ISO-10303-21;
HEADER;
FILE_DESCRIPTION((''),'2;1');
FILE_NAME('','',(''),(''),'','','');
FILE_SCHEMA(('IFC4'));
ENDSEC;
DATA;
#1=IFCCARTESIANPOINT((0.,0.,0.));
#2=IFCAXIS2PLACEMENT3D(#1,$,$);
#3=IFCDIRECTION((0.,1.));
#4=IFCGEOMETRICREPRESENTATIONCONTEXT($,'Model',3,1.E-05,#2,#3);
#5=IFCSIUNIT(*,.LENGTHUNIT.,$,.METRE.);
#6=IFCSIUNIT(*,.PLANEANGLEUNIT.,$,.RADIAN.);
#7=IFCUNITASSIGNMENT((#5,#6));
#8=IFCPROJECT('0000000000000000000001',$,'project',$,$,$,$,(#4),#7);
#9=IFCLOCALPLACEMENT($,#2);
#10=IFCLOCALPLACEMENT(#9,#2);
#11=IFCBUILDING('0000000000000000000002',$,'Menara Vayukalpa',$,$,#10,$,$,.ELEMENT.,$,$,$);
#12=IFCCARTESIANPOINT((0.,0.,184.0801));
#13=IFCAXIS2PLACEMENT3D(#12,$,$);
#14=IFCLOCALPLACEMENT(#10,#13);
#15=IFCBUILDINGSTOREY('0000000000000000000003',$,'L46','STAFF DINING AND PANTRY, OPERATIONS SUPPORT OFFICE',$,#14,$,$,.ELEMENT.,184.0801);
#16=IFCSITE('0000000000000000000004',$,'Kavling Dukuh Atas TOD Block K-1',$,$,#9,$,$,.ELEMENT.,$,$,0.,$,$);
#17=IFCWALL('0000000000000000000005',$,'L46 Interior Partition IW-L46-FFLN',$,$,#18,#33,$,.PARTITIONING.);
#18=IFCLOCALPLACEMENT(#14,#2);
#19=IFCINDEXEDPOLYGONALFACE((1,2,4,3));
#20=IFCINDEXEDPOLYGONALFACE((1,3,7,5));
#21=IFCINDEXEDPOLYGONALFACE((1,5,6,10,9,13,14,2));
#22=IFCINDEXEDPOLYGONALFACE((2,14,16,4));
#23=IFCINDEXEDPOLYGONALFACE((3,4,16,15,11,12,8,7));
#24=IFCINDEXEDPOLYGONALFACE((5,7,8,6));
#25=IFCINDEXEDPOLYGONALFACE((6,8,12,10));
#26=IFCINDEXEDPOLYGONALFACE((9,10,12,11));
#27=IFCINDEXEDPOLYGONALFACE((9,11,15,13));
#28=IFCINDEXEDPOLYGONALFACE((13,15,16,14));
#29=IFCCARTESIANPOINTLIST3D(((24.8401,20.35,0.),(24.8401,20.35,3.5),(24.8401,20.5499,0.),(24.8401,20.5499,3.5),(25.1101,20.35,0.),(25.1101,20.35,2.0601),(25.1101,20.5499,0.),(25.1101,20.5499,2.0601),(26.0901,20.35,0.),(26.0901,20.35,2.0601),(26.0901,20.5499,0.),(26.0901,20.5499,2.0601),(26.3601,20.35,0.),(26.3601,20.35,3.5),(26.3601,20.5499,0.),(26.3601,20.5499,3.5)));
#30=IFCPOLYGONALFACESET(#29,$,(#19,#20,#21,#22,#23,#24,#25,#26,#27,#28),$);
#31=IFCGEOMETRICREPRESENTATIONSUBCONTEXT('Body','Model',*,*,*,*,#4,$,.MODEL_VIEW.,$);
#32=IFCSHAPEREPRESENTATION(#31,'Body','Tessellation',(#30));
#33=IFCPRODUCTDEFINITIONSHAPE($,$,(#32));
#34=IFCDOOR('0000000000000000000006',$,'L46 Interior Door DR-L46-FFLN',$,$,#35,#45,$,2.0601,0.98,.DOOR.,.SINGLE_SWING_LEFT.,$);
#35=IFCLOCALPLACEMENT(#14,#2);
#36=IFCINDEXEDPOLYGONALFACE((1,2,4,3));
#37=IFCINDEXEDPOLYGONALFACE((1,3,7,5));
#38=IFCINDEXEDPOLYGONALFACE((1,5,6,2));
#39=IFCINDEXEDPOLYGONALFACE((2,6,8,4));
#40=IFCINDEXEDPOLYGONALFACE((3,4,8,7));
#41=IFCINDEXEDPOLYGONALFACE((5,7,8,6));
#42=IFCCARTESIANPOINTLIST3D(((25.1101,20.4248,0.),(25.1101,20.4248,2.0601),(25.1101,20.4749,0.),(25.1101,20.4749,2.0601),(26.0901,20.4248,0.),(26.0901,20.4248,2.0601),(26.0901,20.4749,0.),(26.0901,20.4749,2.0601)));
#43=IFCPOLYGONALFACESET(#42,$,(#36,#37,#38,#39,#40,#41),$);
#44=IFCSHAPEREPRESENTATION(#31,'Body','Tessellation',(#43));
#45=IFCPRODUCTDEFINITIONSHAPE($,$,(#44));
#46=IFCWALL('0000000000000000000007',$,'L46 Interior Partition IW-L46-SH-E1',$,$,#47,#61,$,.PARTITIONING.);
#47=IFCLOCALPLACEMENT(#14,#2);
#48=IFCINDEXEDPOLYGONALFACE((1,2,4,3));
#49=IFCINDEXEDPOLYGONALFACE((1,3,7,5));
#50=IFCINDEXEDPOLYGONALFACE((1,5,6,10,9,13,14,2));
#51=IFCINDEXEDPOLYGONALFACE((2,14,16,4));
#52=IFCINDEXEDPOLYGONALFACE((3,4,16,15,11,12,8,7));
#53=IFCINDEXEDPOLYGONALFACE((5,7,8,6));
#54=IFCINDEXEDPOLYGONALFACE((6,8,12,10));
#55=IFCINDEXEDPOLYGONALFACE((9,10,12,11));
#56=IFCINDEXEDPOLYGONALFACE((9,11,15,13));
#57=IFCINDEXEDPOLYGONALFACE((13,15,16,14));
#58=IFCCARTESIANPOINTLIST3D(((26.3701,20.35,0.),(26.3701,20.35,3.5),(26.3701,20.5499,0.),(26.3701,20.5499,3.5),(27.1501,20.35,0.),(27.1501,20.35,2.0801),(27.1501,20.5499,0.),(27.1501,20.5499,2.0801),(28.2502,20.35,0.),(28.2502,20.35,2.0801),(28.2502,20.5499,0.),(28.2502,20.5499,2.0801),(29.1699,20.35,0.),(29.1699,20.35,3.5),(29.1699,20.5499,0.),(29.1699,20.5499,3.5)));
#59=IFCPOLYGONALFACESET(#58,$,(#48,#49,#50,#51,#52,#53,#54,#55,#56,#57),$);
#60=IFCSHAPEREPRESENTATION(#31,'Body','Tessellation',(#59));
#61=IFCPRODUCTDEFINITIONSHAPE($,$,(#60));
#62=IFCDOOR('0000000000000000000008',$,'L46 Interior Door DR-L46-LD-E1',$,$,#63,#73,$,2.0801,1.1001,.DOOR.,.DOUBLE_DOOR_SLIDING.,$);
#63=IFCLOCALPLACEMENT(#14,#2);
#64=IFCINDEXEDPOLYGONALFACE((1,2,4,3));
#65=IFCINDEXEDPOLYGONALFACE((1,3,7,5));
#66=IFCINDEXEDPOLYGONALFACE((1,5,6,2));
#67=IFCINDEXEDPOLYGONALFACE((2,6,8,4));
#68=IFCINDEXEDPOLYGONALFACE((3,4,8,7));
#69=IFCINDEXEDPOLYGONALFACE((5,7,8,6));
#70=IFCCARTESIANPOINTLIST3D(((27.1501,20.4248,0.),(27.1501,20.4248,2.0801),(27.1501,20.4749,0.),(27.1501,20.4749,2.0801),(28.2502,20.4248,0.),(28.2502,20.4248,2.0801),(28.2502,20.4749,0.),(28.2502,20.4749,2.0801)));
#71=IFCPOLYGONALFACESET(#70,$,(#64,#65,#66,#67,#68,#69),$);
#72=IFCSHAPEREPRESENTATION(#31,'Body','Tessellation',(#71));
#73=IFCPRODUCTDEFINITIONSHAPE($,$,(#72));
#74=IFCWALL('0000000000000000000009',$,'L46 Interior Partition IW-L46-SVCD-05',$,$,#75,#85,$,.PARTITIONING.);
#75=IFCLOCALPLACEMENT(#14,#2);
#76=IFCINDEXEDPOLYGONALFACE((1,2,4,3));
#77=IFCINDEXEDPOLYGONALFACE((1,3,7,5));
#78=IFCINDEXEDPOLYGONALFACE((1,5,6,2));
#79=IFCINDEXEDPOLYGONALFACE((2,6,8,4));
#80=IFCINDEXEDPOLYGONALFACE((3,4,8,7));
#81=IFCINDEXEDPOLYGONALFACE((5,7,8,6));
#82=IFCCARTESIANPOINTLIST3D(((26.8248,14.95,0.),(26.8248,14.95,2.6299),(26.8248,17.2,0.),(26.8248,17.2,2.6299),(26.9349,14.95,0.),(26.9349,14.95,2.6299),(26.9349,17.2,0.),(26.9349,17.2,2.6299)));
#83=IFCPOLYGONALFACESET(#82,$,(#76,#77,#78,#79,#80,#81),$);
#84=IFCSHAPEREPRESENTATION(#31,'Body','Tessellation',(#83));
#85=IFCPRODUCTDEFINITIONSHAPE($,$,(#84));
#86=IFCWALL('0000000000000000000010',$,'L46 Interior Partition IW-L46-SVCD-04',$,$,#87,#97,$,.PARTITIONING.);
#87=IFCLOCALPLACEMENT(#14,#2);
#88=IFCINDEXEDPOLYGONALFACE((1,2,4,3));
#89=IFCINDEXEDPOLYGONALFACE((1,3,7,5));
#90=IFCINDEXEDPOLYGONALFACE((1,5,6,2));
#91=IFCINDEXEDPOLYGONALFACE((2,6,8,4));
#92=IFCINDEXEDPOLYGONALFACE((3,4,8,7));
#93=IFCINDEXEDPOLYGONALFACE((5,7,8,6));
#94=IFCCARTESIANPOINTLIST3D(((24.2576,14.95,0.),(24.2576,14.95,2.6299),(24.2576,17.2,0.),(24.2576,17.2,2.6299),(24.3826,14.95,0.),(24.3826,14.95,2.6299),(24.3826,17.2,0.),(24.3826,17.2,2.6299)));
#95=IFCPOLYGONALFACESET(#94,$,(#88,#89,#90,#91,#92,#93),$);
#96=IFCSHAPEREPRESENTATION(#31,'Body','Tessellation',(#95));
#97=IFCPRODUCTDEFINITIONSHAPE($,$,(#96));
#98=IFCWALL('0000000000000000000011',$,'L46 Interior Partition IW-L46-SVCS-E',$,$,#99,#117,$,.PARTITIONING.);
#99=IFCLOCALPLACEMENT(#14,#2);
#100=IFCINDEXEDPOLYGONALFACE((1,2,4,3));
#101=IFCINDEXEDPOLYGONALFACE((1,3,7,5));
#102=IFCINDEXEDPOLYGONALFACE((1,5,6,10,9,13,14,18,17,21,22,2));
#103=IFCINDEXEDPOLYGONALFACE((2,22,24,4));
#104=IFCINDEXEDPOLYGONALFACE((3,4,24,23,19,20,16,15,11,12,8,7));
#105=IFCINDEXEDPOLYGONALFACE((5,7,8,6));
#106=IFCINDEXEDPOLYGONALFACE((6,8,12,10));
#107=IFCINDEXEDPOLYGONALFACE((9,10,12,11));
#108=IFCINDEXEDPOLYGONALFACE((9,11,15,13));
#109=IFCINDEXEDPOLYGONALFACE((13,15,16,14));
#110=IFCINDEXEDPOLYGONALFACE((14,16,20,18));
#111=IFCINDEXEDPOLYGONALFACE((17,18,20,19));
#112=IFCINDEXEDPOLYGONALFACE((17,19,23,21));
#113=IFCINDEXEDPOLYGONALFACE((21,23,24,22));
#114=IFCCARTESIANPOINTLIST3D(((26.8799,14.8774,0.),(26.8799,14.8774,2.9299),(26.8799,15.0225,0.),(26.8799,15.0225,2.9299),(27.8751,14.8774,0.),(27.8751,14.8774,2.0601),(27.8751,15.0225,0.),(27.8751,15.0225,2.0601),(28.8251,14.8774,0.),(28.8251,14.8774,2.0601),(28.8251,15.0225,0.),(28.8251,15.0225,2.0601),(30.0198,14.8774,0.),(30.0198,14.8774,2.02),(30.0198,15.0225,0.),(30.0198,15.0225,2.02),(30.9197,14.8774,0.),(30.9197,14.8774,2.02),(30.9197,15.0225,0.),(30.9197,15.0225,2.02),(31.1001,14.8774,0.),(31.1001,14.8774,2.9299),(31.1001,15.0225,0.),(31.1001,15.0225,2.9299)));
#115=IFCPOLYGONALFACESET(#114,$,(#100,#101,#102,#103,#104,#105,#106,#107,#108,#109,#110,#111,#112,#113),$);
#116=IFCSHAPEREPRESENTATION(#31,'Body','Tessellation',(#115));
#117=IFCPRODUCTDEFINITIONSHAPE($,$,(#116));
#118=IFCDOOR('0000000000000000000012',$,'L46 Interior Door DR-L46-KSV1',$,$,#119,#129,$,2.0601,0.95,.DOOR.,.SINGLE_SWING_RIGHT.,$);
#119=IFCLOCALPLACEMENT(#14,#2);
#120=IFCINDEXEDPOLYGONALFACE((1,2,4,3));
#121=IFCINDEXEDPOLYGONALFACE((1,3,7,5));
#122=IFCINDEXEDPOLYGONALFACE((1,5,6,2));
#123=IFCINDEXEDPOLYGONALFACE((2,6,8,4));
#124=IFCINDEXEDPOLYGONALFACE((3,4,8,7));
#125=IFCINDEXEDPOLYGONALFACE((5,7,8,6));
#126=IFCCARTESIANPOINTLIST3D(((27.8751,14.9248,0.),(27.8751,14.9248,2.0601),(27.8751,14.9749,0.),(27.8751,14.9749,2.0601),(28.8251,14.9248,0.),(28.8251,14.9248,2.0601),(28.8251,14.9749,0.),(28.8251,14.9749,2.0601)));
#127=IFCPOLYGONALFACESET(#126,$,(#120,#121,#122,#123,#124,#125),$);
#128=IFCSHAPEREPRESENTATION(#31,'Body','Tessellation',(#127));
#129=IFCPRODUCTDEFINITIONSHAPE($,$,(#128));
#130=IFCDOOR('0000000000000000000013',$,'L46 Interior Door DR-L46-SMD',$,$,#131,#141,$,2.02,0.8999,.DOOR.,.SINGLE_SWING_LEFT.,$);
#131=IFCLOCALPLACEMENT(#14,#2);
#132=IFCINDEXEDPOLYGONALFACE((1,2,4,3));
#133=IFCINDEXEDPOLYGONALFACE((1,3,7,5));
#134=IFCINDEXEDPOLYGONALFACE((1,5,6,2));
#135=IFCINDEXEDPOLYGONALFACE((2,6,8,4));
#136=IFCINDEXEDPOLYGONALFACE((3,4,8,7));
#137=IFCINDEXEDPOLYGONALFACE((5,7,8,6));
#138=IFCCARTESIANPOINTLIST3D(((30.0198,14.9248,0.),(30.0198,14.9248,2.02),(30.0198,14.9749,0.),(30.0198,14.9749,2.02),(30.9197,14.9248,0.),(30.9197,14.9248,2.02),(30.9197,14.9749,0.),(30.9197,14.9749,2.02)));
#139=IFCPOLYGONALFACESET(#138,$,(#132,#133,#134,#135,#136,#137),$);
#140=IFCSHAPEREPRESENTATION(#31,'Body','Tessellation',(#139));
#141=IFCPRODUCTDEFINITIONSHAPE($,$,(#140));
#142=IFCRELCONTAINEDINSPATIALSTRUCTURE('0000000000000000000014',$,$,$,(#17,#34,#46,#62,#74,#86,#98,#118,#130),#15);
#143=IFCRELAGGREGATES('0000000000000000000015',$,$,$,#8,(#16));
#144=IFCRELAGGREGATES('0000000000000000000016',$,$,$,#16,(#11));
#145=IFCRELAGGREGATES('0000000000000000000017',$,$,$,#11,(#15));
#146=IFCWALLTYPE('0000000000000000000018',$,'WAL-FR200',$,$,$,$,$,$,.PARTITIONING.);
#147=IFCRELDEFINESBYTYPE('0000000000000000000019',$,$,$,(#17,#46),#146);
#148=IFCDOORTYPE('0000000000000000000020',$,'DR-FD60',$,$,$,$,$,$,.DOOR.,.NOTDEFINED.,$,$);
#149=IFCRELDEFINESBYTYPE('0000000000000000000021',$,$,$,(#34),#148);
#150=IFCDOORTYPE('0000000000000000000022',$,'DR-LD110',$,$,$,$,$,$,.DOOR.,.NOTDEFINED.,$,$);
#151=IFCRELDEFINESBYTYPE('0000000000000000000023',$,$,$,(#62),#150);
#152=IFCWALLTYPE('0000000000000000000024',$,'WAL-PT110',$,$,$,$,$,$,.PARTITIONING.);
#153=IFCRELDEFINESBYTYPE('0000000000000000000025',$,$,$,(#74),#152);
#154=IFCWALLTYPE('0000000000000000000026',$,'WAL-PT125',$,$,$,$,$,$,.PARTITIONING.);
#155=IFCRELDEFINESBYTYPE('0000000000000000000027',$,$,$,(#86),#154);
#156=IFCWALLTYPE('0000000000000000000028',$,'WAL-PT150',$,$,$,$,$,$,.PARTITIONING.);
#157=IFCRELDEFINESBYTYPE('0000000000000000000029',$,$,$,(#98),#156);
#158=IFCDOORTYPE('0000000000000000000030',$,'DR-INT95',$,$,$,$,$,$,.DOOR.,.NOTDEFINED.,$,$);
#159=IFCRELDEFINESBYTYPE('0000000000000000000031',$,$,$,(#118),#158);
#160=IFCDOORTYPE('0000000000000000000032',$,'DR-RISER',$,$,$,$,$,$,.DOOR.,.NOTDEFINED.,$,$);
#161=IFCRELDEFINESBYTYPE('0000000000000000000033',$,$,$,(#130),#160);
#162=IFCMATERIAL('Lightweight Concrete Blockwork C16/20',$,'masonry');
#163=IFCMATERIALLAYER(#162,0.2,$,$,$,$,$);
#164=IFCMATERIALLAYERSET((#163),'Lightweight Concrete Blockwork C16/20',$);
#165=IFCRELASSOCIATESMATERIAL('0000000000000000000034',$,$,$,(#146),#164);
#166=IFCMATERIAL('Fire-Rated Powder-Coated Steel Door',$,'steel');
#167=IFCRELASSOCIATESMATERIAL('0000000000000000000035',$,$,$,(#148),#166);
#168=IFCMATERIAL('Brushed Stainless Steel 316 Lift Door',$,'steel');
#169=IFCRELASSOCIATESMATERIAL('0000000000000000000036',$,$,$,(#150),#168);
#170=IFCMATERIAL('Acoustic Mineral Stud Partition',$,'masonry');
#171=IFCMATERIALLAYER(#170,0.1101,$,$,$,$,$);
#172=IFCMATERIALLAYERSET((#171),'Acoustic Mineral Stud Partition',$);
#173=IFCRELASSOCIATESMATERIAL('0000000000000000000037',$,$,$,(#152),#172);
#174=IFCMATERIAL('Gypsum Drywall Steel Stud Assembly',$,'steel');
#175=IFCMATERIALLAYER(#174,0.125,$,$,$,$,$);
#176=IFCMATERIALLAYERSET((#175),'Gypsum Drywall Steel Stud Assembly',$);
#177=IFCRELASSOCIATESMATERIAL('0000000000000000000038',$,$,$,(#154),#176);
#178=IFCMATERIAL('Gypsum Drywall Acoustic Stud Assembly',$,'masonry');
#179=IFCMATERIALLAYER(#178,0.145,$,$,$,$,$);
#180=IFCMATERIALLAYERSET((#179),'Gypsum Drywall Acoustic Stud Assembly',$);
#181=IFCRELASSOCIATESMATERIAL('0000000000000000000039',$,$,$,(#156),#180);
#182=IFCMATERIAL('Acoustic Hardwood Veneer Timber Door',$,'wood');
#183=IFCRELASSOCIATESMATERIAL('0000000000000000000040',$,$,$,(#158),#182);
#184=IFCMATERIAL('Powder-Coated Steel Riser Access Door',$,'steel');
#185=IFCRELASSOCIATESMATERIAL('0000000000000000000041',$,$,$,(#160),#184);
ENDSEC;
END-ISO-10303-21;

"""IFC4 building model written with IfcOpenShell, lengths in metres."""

from ifc_helpers import new_model, si_unit, direction, frame, frame_2d, origin, place, context, subcontext, project, spatial, rectangle, extrude, material, layer, layer_set, type_object, element, fill, save


model = new_model("IFC4")

# Units and contexts
model_context = context("Model", 3, precision=1e-05, world=origin(), true_north=direction((0.0, 1.0)))
body_context = subcontext(model_context, "Body", "Model", "MODEL_VIEW")
ifc_project = project(units=[si_unit("LENGTHUNIT", "METRE"), si_unit("PLANEANGLEUNIT", "RADIAN")], contexts=[model_context])

# Site, building, storey
site_placement = place(None, origin())
site = spatial("IfcSite", under=ifc_project, at=site_placement, Name="Kavling Dukuh Atas TOD Block K-1", CompositionType="ELEMENT", RefElevation=0.0)
building_placement = place(site_placement, origin())
building = spatial("IfcBuilding", under=site, at=building_placement, Name="Menara Vayukalpa", CompositionType="ELEMENT")
storey_placement = place(building_placement, frame((0.0, 0.0, 184.0801)))
storey = spatial("IfcBuildingStorey", under=building, at=storey_placement, Name="L46", Description="STAFF DINING AND PANTRY, OPERATIONS SUPPORT OFFICE", CompositionType="ELEMENT", Elevation=184.0801)

# Walls, openings, doors
ifc_material_1 = material(Name="Lightweight Concrete Blockwork C16/20", Category="masonry")
ifc_layer_1 = layer(ifc_material_1, 0.2)
ifc_layer_set_1 = layer_set([ifc_layer_1], Name="Lightweight Concrete Blockwork C16/20")
wall_type_1 = type_object("IfcWallType", Name="WAL-FR200", PredefinedType="PARTITIONING", material=ifc_layer_set_1)
wall_1_placement = place(storey_placement, frame((24.8401, 20.45, 0.0), z_axis=(0.0, 0.0, 1.0), x_axis=(1.0, 0.0, 0.0)))
wall_1 = element("IfcWall", 1, at=wall_1_placement, inside=storey, type_object=wall_type_1, Name="L46 Interior Partition IW-L46-FFLN", PredefinedType="PARTITIONING", context=body_context, shape_type="SweptSolid", body=[
    extrude(rectangle(XDim=1.52, YDim=0.2, at=frame_2d((0.76, 0.0))), origin(), (0.0, 0.0, 1.0), 3.5),
])
opening_1_placement = place(wall_1_placement, frame((0.27, 0.0, 0.0)))
opening_1 = element("IfcOpeningElement", 2, at=opening_1_placement, cuts=wall_1, PredefinedType="OPENING", context=body_context, shape_type="SweptSolid", body=[
    extrude(rectangle(XDim=0.98, YDim=2.0601, at=frame_2d((0.49, 1.03))), frame((0.0, 0.1099, 0.0), z_axis=(0.0, -1.0, 0.0), x_axis=(1.0, 0.0, 0.0)), (0.0, 0.0, 1.0), 0.22),
])
ifc_material_2 = material(Name="Fire-Rated Powder-Coated Steel Door", Category="steel")
door_type_1 = type_object("IfcDoorType", Name="DR-FD60", OperationType="NOTDEFINED", PredefinedType="DOOR", material=ifc_material_2)
door_1_placement = place(opening_1_placement, origin())
door_1 = element("IfcDoor", 3, at=door_1_placement, inside=storey, type_object=door_type_1, Name="L46 Interior Door DR-L46-FFLN", OperationType="SINGLE_SWING_LEFT", OverallHeight=2.0601, OverallWidth=0.98, PredefinedType="DOOR", context=body_context, shape_type="SweptSolid", body=[
    extrude(rectangle(XDim=0.98, YDim=2.0601, at=frame_2d((0.49, 1.03))), frame((0.0, 0.0249, 0.0), z_axis=(0.0, -1.0, 0.0), x_axis=(1.0, 0.0, 0.0)), (0.0, 0.0, 1.0), 0.05),
])
fill(opening_1, door_1)
wall_2_placement = place(storey_placement, frame((26.3701, 20.45, 0.0), z_axis=(0.0, 0.0, 1.0), x_axis=(1.0, 0.0, 0.0)))
wall_2 = element("IfcWall", 4, at=wall_2_placement, inside=storey, type_object=wall_type_1, Name="L46 Interior Partition IW-L46-SH-E1", PredefinedType="PARTITIONING", context=body_context, shape_type="SweptSolid", body=[
    extrude(rectangle(XDim=2.7998, YDim=0.2, at=frame_2d((1.3999, 0.0))), origin(), (0.0, 0.0, 1.0), 3.5),
])
opening_2_placement = place(wall_2_placement, frame((0.78, 0.0, 0.0)))
opening_2 = element("IfcOpeningElement", 5, at=opening_2_placement, cuts=wall_2, PredefinedType="OPENING", context=body_context, shape_type="SweptSolid", body=[
    extrude(rectangle(XDim=1.1001, YDim=2.0801, at=frame_2d((0.55, 1.04))), frame((0.0, 0.1099, 0.0), z_axis=(0.0, -1.0, 0.0), x_axis=(1.0, 0.0, 0.0)), (0.0, 0.0, 1.0), 0.22),
])
ifc_material_3 = material(Name="Brushed Stainless Steel 316 Lift Door", Category="steel")
door_type_2 = type_object("IfcDoorType", Name="DR-LD110", OperationType="NOTDEFINED", PredefinedType="DOOR", material=ifc_material_3)
door_2_placement = place(opening_2_placement, origin())
door_2 = element("IfcDoor", 6, at=door_2_placement, inside=storey, type_object=door_type_2, Name="L46 Interior Door DR-L46-LD-E1", OperationType="DOUBLE_DOOR_SLIDING", OverallHeight=2.0801, OverallWidth=1.1001, PredefinedType="DOOR", context=body_context, shape_type="SweptSolid", body=[
    extrude(rectangle(XDim=1.1001, YDim=2.0801, at=frame_2d((0.55, 1.04))), frame((0.0, 0.0249, 0.0), z_axis=(0.0, -1.0, 0.0), x_axis=(1.0, 0.0, 0.0)), (0.0, 0.0, 1.0), 0.05),
])
fill(opening_2, door_2)

# Walls
ifc_material_4 = material(Name="Acoustic Mineral Stud Partition", Category="masonry")
ifc_layer_2 = layer(ifc_material_4, 0.1101)
ifc_layer_set_2 = layer_set([ifc_layer_2], Name="Acoustic Mineral Stud Partition")
wall_type_2 = type_object("IfcWallType", Name="WAL-PT110", PredefinedType="PARTITIONING", material=ifc_layer_set_2)
wall_3_placement = place(storey_placement, frame((26.8799, 14.95, 0.0), z_axis=(0.0, 0.0, 1.0), x_axis=(0.0, 1.0, 0.0)))
element("IfcWall", 7, at=wall_3_placement, inside=storey, type_object=wall_type_2, Name="L46 Interior Partition IW-L46-SVCD-05", PredefinedType="PARTITIONING", context=body_context, shape_type="SweptSolid", body=[
    extrude(rectangle(XDim=2.25, YDim=0.1101, at=frame_2d((1.125, 0.0))), origin(), (0.0, 0.0, 1.0), 2.6299),
])
ifc_material_5 = material(Name="Gypsum Drywall Steel Stud Assembly", Category="steel")
ifc_layer_3 = layer(ifc_material_5, 0.125)
ifc_layer_set_3 = layer_set([ifc_layer_3], Name="Gypsum Drywall Steel Stud Assembly")
wall_type_3 = type_object("IfcWallType", Name="WAL-PT125", PredefinedType="PARTITIONING", material=ifc_layer_set_3)
wall_4_placement = place(storey_placement, frame((24.3201, 14.95, 0.0), z_axis=(0.0, 0.0, 1.0), x_axis=(0.0, 1.0, 0.0)))
element("IfcWall", 8, at=wall_4_placement, inside=storey, type_object=wall_type_3, Name="L46 Interior Partition IW-L46-SVCD-04", PredefinedType="PARTITIONING", context=body_context, shape_type="SweptSolid", body=[
    extrude(rectangle(XDim=2.25, YDim=0.125, at=frame_2d((1.125, 0.0))), origin(), (0.0, 0.0, 1.0), 2.6299),
])

# Wall, openings, doors
ifc_material_6 = material(Name="Gypsum Drywall Acoustic Stud Assembly", Category="masonry")
ifc_layer_4 = layer(ifc_material_6, 0.145)
ifc_layer_set_4 = layer_set([ifc_layer_4], Name="Gypsum Drywall Acoustic Stud Assembly")
wall_type_4 = type_object("IfcWallType", Name="WAL-PT150", PredefinedType="PARTITIONING", material=ifc_layer_set_4)
wall_5_placement = place(storey_placement, frame((26.8799, 14.95, 0.0), z_axis=(0.0, 0.0, 1.0), x_axis=(1.0, 0.0, 0.0)))
wall_5 = element("IfcWall", 9, at=wall_5_placement, inside=storey, type_object=wall_type_4, Name="L46 Interior Partition IW-L46-SVCS-E", PredefinedType="PARTITIONING", context=body_context, shape_type="SweptSolid", body=[
    extrude(rectangle(XDim=4.2202, YDim=0.145, at=frame_2d((2.1101, 0.0))), origin(), (0.0, 0.0, 1.0), 2.9299),
])
opening_3_placement = place(wall_5_placement, frame((0.9951, 0.0, 0.0)))
opening_3 = element("IfcOpeningElement", 10, at=opening_3_placement, cuts=wall_5, PredefinedType="OPENING", context=body_context, shape_type="SweptSolid", body=[
    extrude(rectangle(XDim=0.95, YDim=2.0601, at=frame_2d((0.4751, 1.03))), frame((0.0, 0.0825, 0.0), z_axis=(0.0, -1.0, 0.0), x_axis=(1.0, 0.0, 0.0)), (0.0, 0.0, 1.0), 0.165),
])
opening_4_placement = place(wall_5_placement, frame((3.1399, 0.0, 0.0)))
opening_4 = element("IfcOpeningElement", 11, at=opening_4_placement, cuts=wall_5, PredefinedType="OPENING", context=body_context, shape_type="SweptSolid", body=[
    extrude(rectangle(XDim=0.8999, YDim=2.02, at=frame_2d((0.45, 1.01))), frame((0.0, 0.0825, 0.0), z_axis=(0.0, -1.0, 0.0), x_axis=(1.0, 0.0, 0.0)), (0.0, 0.0, 1.0), 0.165),
])
ifc_material_7 = material(Name="Acoustic Hardwood Veneer Timber Door", Category="wood")
door_type_3 = type_object("IfcDoorType", Name="DR-INT95", OperationType="NOTDEFINED", PredefinedType="DOOR", material=ifc_material_7)
door_3_placement = place(opening_3_placement, origin())
door_3 = element("IfcDoor", 12, at=door_3_placement, inside=storey, type_object=door_type_3, Name="L46 Interior Door DR-L46-KSV1", OperationType="SINGLE_SWING_RIGHT", OverallHeight=2.0601, OverallWidth=0.95, PredefinedType="DOOR", context=body_context, shape_type="SweptSolid", body=[
    extrude(rectangle(XDim=0.95, YDim=2.0601, at=frame_2d((0.4751, 1.03))), frame((0.0, 0.0249, 0.0), z_axis=(0.0, -1.0, 0.0), x_axis=(1.0, 0.0, 0.0)), (0.0, 0.0, 1.0), 0.05),
])
fill(opening_3, door_3)
ifc_material_8 = material(Name="Powder-Coated Steel Riser Access Door", Category="steel")
door_type_4 = type_object("IfcDoorType", Name="DR-RISER", OperationType="NOTDEFINED", PredefinedType="DOOR", material=ifc_material_8)
door_4_placement = place(opening_4_placement, origin())
door_4 = element("IfcDoor", 13, at=door_4_placement, inside=storey, type_object=door_type_4, Name="L46 Interior Door DR-L46-SMD", OperationType="SINGLE_SWING_LEFT", OverallHeight=2.02, OverallWidth=0.8999, PredefinedType="DOOR", context=body_context, shape_type="SweptSolid", body=[
    extrude(rectangle(XDim=0.8999, YDim=2.02, at=frame_2d((0.45, 1.01))), frame((0.0, 0.0249, 0.0), z_axis=(0.0, -1.0, 0.0), x_axis=(1.0, 0.0, 0.0)), (0.0, 0.0, 1.0), 0.05),
])
fill(opening_4, door_4)

save(model, "model.ifc")
